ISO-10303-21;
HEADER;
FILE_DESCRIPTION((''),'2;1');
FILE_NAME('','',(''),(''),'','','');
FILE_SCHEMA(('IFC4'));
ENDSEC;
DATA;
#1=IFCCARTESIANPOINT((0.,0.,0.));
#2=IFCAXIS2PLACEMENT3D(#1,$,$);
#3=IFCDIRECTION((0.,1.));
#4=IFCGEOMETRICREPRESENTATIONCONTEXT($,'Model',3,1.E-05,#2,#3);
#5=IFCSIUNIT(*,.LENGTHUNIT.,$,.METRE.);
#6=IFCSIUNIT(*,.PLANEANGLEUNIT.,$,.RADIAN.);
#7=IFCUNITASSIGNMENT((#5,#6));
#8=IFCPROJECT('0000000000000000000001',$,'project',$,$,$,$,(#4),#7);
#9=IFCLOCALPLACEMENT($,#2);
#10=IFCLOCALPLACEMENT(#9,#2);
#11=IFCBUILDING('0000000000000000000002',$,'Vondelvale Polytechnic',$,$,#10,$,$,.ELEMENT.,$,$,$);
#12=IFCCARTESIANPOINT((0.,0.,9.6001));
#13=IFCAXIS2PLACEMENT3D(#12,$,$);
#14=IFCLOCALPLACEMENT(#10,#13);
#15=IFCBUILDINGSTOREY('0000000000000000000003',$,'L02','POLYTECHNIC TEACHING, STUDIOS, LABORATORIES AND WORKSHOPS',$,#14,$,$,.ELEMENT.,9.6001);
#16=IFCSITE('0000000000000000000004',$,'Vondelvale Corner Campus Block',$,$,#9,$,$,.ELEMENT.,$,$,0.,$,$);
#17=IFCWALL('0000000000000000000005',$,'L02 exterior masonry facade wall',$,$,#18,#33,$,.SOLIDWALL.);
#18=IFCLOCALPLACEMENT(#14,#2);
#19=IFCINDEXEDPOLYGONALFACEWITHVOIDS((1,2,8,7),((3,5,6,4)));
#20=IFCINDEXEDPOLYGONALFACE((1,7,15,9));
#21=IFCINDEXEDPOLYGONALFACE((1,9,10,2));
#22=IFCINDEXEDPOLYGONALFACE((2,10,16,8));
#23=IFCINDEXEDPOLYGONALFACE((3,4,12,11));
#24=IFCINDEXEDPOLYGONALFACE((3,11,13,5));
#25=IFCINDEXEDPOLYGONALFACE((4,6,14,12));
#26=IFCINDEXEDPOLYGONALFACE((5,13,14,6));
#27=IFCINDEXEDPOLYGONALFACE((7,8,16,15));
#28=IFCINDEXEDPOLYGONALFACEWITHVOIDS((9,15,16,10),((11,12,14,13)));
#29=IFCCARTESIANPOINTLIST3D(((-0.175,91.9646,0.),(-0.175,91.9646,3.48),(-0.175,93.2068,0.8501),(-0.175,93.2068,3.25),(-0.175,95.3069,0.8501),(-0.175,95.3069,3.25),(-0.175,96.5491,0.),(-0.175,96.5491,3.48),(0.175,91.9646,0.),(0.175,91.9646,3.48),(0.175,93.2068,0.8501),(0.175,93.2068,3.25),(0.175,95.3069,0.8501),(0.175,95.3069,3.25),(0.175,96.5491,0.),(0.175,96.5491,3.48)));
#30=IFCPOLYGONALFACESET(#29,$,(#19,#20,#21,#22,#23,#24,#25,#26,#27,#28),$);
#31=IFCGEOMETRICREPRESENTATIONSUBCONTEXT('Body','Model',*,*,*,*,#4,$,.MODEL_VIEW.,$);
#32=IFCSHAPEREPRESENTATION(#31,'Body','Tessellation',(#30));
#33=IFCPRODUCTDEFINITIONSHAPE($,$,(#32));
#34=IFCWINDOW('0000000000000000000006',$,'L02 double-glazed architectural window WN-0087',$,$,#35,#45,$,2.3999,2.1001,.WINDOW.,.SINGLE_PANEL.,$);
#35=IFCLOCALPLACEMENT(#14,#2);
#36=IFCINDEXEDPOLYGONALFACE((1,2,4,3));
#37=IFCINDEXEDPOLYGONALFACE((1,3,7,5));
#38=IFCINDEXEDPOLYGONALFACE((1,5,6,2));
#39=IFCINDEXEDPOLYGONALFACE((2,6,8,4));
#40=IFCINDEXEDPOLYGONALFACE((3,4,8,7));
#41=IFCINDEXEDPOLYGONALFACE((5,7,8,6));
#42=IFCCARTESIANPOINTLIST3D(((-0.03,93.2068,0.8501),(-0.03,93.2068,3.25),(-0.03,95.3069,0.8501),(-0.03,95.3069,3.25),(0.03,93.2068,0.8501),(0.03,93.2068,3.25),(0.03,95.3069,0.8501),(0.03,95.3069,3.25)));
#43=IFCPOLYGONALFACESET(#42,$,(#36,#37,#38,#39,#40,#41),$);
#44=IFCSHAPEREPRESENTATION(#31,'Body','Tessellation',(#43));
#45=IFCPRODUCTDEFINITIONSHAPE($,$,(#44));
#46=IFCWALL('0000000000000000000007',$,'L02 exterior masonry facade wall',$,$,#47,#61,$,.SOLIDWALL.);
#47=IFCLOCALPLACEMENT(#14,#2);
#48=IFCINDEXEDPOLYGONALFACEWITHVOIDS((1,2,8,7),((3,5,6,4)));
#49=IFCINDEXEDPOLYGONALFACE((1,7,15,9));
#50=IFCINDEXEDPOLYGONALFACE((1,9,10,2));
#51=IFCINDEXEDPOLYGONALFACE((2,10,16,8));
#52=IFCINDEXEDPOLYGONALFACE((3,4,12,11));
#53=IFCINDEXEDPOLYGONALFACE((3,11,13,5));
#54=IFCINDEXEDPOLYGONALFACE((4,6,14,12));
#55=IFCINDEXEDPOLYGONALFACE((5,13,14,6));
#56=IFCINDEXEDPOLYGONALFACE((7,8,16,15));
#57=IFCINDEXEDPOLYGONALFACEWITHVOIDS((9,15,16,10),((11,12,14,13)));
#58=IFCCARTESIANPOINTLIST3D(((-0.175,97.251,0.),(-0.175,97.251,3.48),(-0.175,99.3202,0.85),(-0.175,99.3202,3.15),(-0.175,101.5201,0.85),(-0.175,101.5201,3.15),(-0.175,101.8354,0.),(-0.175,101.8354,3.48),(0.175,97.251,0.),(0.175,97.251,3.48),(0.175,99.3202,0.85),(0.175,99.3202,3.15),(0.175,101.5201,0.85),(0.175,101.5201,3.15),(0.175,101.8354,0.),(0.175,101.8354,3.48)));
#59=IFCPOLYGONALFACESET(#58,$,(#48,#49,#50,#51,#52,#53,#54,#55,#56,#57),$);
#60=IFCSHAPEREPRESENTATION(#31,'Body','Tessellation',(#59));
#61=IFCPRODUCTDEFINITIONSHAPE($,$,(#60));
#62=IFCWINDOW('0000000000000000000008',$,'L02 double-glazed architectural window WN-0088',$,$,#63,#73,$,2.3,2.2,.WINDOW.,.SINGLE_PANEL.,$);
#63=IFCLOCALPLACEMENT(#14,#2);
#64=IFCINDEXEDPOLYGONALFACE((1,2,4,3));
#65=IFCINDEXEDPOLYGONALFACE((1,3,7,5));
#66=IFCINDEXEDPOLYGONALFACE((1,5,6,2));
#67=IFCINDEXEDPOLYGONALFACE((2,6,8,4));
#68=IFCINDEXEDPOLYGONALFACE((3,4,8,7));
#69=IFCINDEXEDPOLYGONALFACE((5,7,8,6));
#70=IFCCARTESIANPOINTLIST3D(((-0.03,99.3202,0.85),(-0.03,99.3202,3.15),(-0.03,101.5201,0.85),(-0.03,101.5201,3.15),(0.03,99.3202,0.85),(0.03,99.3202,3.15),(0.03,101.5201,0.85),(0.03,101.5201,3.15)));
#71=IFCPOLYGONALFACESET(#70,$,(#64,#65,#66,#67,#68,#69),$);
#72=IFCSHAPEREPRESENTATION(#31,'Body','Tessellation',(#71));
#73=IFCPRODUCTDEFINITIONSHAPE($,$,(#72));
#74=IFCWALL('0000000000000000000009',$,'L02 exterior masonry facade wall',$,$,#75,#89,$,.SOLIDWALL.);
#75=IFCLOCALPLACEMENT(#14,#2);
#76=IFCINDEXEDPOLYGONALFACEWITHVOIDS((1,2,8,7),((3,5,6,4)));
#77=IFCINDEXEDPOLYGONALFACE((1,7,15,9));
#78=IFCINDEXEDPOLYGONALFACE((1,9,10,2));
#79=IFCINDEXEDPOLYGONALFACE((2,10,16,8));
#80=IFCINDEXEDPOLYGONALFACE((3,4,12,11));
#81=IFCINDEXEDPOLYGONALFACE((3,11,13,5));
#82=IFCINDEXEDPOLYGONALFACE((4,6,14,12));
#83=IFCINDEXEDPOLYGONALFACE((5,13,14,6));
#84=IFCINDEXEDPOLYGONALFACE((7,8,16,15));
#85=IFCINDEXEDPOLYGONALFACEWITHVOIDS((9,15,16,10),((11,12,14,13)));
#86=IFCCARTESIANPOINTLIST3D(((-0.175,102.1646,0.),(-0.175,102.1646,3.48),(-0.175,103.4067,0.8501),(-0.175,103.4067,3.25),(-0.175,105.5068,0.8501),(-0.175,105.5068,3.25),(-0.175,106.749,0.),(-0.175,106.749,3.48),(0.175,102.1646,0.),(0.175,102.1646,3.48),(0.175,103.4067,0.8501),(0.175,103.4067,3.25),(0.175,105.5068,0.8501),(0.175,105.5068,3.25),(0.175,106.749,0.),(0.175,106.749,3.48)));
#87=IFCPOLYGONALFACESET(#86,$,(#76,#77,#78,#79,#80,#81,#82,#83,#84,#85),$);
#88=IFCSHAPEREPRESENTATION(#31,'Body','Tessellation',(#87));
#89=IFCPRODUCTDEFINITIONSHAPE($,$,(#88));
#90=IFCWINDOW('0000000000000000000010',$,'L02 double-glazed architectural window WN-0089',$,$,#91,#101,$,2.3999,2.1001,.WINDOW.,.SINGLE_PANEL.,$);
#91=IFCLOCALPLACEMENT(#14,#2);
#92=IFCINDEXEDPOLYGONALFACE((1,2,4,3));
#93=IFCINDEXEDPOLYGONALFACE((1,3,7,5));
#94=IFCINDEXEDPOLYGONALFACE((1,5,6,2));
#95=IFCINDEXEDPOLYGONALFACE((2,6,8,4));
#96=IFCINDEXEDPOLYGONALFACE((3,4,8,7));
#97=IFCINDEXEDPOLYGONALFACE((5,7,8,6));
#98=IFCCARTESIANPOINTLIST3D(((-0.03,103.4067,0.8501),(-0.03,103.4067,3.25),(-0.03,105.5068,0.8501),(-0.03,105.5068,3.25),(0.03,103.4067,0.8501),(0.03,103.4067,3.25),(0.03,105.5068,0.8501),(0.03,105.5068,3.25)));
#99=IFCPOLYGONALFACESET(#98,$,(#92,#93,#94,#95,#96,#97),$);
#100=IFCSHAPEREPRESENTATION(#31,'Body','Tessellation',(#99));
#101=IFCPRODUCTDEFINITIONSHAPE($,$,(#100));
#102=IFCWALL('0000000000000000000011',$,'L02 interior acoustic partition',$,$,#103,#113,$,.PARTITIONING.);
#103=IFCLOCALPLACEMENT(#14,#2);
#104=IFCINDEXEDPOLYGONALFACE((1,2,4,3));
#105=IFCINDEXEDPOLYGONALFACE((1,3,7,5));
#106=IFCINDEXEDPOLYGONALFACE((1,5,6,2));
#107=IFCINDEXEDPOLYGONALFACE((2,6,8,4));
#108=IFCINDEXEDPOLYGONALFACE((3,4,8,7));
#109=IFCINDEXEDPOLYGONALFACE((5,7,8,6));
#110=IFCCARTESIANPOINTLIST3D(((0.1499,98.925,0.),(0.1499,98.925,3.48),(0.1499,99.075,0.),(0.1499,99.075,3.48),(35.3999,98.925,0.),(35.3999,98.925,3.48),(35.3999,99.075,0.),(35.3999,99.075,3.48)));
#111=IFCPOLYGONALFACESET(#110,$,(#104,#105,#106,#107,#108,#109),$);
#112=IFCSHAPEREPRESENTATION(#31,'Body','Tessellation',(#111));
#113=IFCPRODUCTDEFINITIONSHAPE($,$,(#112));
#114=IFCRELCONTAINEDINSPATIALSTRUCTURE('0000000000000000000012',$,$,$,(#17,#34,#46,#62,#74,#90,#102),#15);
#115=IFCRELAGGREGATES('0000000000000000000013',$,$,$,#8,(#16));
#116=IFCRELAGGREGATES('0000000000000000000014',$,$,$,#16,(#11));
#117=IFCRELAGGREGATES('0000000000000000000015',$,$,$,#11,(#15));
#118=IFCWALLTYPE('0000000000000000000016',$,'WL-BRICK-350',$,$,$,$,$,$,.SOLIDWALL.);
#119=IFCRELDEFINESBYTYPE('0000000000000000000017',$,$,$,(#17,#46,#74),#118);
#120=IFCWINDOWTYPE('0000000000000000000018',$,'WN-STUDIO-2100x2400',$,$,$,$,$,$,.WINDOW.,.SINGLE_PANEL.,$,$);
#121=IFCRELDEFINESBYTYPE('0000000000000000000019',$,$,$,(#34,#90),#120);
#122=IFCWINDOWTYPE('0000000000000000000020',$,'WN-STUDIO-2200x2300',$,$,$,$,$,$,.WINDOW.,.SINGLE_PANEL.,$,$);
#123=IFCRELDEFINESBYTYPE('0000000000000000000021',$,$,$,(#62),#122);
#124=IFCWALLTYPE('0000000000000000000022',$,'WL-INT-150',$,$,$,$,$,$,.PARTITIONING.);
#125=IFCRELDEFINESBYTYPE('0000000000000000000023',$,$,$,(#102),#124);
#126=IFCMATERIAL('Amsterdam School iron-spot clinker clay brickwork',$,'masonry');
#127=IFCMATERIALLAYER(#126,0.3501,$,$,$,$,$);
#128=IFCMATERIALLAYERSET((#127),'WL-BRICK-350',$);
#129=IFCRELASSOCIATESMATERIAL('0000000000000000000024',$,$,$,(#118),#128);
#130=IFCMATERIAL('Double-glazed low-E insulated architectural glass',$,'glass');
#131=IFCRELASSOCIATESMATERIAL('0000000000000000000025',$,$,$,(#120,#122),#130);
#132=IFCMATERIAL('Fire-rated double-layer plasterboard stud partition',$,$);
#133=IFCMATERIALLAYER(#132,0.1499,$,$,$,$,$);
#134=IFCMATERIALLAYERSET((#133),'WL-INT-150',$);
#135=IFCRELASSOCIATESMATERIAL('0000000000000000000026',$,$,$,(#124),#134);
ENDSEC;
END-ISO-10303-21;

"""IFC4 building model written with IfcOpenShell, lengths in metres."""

from ifc_helpers import new_model, si_unit, direction, frame, frame_2d, origin, place, context, subcontext, project, spatial, rectangle, extrude, material, layer, layer_set, type_object, element, fill, save


model = new_model("IFC4")

# Units and contexts
model_context = context("Model", 3, precision=1e-05, world=origin(), true_north=direction((0.0, 1.0)))
body_context = subcontext(model_context, "Body", "Model", "MODEL_VIEW")
ifc_project = project(units=[si_unit("LENGTHUNIT", "METRE"), si_unit("PLANEANGLEUNIT", "RADIAN")], contexts=[model_context])

# Site, building, storey
site_placement = place(None, origin())
site = spatial("IfcSite", under=ifc_project, at=site_placement, Name="Vondelvale Corner Campus Block", CompositionType="ELEMENT", RefElevation=0.0)
building_placement = place(site_placement, origin())
building = spatial("IfcBuilding", under=site, at=building_placement, Name="Vondelvale Polytechnic", CompositionType="ELEMENT")
storey_placement = place(building_placement, frame((0.0, 0.0, 9.6001)))
storey = spatial("IfcBuildingStorey", under=building, at=storey_placement, Name="L02", Description="POLYTECHNIC TEACHING, STUDIOS, LABORATORIES AND WORKSHOPS", CompositionType="ELEMENT", Elevation=9.6001)

# Walls, openings, windows
ifc_material_1 = material(Name="Amsterdam School iron-spot clinker clay brickwork", Category="masonry")
ifc_layer_1 = layer(ifc_material_1, 0.3501)
ifc_layer_set_1 = layer_set([ifc_layer_1], Name="WL-BRICK-350")
wall_type_1 = type_object("IfcWallType", Name="WL-BRICK-350", PredefinedType="SOLIDWALL", material=ifc_layer_set_1)
wall_1_placement = place(storey_placement, frame((0.0, 91.9646, 0.0), z_axis=(0.0, 0.0, 1.0), x_axis=(0.0, 1.0, 0.0)))
wall_1 = element("IfcWall", 1, at=wall_1_placement, inside=storey, type_object=wall_type_1, Name="L02 exterior masonry facade wall", PredefinedType="SOLIDWALL", context=body_context, shape_type="SweptSolid", body=[
    extrude(rectangle(XDim=4.5845, YDim=0.3501, at=frame_2d((2.2922, 0.0))), origin(), (0.0, 0.0, 1.0), 3.48),
])
opening_1_placement = place(wall_1_placement, frame((1.2422, 0.0, 0.8501)))
opening_1 = element("IfcOpeningElement", 2, at=opening_1_placement, cuts=wall_1, PredefinedType="OPENING", context=body_context, shape_type="SweptSolid", body=[
    extrude(rectangle(XDim=2.1001, YDim=2.3999, at=frame_2d((1.05, 1.2))), frame((0.0, 0.1851, 0.0), z_axis=(0.0, -1.0, 0.0), x_axis=(1.0, 0.0, 0.0)), (0.0, 0.0, 1.0), 0.3701),
])
ifc_material_2 = material(Name="Double-glazed low-E insulated architectural glass", Category="glass")
window_type_1 = type_object("IfcWindowType", Name="WN-STUDIO-2100x2400", PartitioningType="SINGLE_PANEL", PredefinedType="WINDOW", material=ifc_material_2)
window_1_placement = place(opening_1_placement, origin())
window_1 = element("IfcWindow", 3, at=window_1_placement, inside=storey, type_object=window_type_1, Name="L02 double-glazed architectural window WN-0087", OverallHeight=2.3999, OverallWidth=2.1001, PartitioningType="SINGLE_PANEL", PredefinedType="WINDOW", context=body_context, shape_type="SweptSolid", body=[
    extrude(rectangle(XDim=2.1001, YDim=2.3999, at=frame_2d((1.05, 1.2))), frame((0.0, 0.03, 0.0), z_axis=(0.0, -1.0, 0.0), x_axis=(1.0, 0.0, 0.0)), (0.0, 0.0, 1.0), 0.0601),
])
fill(opening_1, window_1)
wall_2_placement = place(storey_placement, frame((0.0, 97.251, 0.0), z_axis=(0.0, 0.0, 1.0), x_axis=(0.0, 1.0, 0.0)))
wall_2 = element("IfcWall", 4, at=wall_2_placement, inside=storey, type_object=wall_type_1, Name="L02 exterior masonry facade wall", PredefinedType="SOLIDWALL", context=body_context, shape_type="SweptSolid", body=[
    extrude(rectangle(XDim=4.5845, YDim=0.3501, at=frame_2d((2.2922, 0.0))), origin(), (0.0, 0.0, 1.0), 3.48),
])
opening_2_placement = place(wall_2_placement, frame((2.0691, 0.0, 0.8501)))
opening_2 = element("IfcOpeningElement", 5, at=opening_2_placement, cuts=wall_2, PredefinedType="OPENING", context=body_context, shape_type="SweptSolid", body=[
    extrude(rectangle(XDim=2.2, YDim=2.3, at=frame_2d((1.1001, 1.1499))), frame((0.0, 0.1851, 0.0), z_axis=(0.0, -1.0, 0.0), x_axis=(1.0, 0.0, 0.0)), (0.0, 0.0, 1.0), 0.3701),
])
window_type_2 = type_object("IfcWindowType", Name="WN-STUDIO-2200x2300", PartitioningType="SINGLE_PANEL", PredefinedType="WINDOW", material=ifc_material_2)
window_2_placement = place(opening_2_placement, origin())
window_2 = element("IfcWindow", 6, at=window_2_placement, inside=storey, type_object=window_type_2, Name="L02 double-glazed architectural window WN-0088", OverallHeight=2.3, OverallWidth=2.2, PartitioningType="SINGLE_PANEL", PredefinedType="WINDOW", context=body_context, shape_type="SweptSolid", body=[
    extrude(rectangle(XDim=2.2, YDim=2.3, at=frame_2d((1.1001, 1.1499))), frame((0.0, 0.03, 0.0), z_axis=(0.0, -1.0, 0.0), x_axis=(1.0, 0.0, 0.0)), (0.0, 0.0, 1.0), 0.0601),
])
fill(opening_2, window_2)
wall_3_placement = place(storey_placement, frame((0.0, 102.1646, 0.0), z_axis=(0.0, 0.0, 1.0), x_axis=(0.0, 1.0, 0.0)))
wall_3 = element("IfcWall", 7, at=wall_3_placement, inside=storey, type_object=wall_type_1, Name="L02 exterior masonry facade wall", PredefinedType="SOLIDWALL", context=body_context, shape_type="SweptSolid", body=[
    extrude(rectangle(XDim=4.5845, YDim=0.3501, at=frame_2d((2.2922, 0.0))), origin(), (0.0, 0.0, 1.0), 3.48),
])
opening_3_placement = place(wall_3_placement, frame((1.2422, 0.0, 0.8501)))
opening_3 = element("IfcOpeningElement", 8, at=opening_3_placement, cuts=wall_3, PredefinedType="OPENING", context=body_context, shape_type="SweptSolid", body=[
    extrude(rectangle(XDim=2.1001, YDim=2.3999, at=frame_2d((1.05, 1.2))), frame((0.0, 0.1851, 0.0), z_axis=(0.0, -1.0, 0.0), x_axis=(1.0, 0.0, 0.0)), (0.0, 0.0, 1.0), 0.3701),
])
window_3_placement = place(opening_3_placement, origin())
window_3 = element("IfcWindow", 9, at=window_3_placement, inside=storey, type_object=window_type_1, Name="L02 double-glazed architectural window WN-0089", OverallHeight=2.3999, OverallWidth=2.1001, PartitioningType="SINGLE_PANEL", PredefinedType="WINDOW", context=body_context, shape_type="SweptSolid", body=[
    extrude(rectangle(XDim=2.1001, YDim=2.3999, at=frame_2d((1.05, 1.2))), frame((0.0, 0.03, 0.0), z_axis=(0.0, -1.0, 0.0), x_axis=(1.0, 0.0, 0.0)), (0.0, 0.0, 1.0), 0.0601),
])
fill(opening_3, window_3)

# Wall
ifc_material_3 = material(Name="Fire-rated double-layer plasterboard stud partition")
ifc_layer_2 = layer(ifc_material_3, 0.1499)
ifc_layer_set_2 = layer_set([ifc_layer_2], Name="WL-INT-150")
wall_type_2 = type_object("IfcWallType", Name="WL-INT-150", PredefinedType="PARTITIONING", material=ifc_layer_set_2)
wall_4_placement = place(storey_placement, frame((0.1499, 99.0, 0.0), z_axis=(0.0, 0.0, 1.0), x_axis=(1.0, 0.0, 0.0)))
element("IfcWall", 10, at=wall_4_placement, inside=storey, type_object=wall_type_2, Name="L02 interior acoustic partition", PredefinedType="PARTITIONING", context=body_context, shape_type="SweptSolid", body=[
    extrude(rectangle(XDim=35.25, YDim=0.1499, at=frame_2d((17.625, 0.0))), origin(), (0.0, 0.0, 1.0), 3.48),
])

save(model, "model.ifc")
